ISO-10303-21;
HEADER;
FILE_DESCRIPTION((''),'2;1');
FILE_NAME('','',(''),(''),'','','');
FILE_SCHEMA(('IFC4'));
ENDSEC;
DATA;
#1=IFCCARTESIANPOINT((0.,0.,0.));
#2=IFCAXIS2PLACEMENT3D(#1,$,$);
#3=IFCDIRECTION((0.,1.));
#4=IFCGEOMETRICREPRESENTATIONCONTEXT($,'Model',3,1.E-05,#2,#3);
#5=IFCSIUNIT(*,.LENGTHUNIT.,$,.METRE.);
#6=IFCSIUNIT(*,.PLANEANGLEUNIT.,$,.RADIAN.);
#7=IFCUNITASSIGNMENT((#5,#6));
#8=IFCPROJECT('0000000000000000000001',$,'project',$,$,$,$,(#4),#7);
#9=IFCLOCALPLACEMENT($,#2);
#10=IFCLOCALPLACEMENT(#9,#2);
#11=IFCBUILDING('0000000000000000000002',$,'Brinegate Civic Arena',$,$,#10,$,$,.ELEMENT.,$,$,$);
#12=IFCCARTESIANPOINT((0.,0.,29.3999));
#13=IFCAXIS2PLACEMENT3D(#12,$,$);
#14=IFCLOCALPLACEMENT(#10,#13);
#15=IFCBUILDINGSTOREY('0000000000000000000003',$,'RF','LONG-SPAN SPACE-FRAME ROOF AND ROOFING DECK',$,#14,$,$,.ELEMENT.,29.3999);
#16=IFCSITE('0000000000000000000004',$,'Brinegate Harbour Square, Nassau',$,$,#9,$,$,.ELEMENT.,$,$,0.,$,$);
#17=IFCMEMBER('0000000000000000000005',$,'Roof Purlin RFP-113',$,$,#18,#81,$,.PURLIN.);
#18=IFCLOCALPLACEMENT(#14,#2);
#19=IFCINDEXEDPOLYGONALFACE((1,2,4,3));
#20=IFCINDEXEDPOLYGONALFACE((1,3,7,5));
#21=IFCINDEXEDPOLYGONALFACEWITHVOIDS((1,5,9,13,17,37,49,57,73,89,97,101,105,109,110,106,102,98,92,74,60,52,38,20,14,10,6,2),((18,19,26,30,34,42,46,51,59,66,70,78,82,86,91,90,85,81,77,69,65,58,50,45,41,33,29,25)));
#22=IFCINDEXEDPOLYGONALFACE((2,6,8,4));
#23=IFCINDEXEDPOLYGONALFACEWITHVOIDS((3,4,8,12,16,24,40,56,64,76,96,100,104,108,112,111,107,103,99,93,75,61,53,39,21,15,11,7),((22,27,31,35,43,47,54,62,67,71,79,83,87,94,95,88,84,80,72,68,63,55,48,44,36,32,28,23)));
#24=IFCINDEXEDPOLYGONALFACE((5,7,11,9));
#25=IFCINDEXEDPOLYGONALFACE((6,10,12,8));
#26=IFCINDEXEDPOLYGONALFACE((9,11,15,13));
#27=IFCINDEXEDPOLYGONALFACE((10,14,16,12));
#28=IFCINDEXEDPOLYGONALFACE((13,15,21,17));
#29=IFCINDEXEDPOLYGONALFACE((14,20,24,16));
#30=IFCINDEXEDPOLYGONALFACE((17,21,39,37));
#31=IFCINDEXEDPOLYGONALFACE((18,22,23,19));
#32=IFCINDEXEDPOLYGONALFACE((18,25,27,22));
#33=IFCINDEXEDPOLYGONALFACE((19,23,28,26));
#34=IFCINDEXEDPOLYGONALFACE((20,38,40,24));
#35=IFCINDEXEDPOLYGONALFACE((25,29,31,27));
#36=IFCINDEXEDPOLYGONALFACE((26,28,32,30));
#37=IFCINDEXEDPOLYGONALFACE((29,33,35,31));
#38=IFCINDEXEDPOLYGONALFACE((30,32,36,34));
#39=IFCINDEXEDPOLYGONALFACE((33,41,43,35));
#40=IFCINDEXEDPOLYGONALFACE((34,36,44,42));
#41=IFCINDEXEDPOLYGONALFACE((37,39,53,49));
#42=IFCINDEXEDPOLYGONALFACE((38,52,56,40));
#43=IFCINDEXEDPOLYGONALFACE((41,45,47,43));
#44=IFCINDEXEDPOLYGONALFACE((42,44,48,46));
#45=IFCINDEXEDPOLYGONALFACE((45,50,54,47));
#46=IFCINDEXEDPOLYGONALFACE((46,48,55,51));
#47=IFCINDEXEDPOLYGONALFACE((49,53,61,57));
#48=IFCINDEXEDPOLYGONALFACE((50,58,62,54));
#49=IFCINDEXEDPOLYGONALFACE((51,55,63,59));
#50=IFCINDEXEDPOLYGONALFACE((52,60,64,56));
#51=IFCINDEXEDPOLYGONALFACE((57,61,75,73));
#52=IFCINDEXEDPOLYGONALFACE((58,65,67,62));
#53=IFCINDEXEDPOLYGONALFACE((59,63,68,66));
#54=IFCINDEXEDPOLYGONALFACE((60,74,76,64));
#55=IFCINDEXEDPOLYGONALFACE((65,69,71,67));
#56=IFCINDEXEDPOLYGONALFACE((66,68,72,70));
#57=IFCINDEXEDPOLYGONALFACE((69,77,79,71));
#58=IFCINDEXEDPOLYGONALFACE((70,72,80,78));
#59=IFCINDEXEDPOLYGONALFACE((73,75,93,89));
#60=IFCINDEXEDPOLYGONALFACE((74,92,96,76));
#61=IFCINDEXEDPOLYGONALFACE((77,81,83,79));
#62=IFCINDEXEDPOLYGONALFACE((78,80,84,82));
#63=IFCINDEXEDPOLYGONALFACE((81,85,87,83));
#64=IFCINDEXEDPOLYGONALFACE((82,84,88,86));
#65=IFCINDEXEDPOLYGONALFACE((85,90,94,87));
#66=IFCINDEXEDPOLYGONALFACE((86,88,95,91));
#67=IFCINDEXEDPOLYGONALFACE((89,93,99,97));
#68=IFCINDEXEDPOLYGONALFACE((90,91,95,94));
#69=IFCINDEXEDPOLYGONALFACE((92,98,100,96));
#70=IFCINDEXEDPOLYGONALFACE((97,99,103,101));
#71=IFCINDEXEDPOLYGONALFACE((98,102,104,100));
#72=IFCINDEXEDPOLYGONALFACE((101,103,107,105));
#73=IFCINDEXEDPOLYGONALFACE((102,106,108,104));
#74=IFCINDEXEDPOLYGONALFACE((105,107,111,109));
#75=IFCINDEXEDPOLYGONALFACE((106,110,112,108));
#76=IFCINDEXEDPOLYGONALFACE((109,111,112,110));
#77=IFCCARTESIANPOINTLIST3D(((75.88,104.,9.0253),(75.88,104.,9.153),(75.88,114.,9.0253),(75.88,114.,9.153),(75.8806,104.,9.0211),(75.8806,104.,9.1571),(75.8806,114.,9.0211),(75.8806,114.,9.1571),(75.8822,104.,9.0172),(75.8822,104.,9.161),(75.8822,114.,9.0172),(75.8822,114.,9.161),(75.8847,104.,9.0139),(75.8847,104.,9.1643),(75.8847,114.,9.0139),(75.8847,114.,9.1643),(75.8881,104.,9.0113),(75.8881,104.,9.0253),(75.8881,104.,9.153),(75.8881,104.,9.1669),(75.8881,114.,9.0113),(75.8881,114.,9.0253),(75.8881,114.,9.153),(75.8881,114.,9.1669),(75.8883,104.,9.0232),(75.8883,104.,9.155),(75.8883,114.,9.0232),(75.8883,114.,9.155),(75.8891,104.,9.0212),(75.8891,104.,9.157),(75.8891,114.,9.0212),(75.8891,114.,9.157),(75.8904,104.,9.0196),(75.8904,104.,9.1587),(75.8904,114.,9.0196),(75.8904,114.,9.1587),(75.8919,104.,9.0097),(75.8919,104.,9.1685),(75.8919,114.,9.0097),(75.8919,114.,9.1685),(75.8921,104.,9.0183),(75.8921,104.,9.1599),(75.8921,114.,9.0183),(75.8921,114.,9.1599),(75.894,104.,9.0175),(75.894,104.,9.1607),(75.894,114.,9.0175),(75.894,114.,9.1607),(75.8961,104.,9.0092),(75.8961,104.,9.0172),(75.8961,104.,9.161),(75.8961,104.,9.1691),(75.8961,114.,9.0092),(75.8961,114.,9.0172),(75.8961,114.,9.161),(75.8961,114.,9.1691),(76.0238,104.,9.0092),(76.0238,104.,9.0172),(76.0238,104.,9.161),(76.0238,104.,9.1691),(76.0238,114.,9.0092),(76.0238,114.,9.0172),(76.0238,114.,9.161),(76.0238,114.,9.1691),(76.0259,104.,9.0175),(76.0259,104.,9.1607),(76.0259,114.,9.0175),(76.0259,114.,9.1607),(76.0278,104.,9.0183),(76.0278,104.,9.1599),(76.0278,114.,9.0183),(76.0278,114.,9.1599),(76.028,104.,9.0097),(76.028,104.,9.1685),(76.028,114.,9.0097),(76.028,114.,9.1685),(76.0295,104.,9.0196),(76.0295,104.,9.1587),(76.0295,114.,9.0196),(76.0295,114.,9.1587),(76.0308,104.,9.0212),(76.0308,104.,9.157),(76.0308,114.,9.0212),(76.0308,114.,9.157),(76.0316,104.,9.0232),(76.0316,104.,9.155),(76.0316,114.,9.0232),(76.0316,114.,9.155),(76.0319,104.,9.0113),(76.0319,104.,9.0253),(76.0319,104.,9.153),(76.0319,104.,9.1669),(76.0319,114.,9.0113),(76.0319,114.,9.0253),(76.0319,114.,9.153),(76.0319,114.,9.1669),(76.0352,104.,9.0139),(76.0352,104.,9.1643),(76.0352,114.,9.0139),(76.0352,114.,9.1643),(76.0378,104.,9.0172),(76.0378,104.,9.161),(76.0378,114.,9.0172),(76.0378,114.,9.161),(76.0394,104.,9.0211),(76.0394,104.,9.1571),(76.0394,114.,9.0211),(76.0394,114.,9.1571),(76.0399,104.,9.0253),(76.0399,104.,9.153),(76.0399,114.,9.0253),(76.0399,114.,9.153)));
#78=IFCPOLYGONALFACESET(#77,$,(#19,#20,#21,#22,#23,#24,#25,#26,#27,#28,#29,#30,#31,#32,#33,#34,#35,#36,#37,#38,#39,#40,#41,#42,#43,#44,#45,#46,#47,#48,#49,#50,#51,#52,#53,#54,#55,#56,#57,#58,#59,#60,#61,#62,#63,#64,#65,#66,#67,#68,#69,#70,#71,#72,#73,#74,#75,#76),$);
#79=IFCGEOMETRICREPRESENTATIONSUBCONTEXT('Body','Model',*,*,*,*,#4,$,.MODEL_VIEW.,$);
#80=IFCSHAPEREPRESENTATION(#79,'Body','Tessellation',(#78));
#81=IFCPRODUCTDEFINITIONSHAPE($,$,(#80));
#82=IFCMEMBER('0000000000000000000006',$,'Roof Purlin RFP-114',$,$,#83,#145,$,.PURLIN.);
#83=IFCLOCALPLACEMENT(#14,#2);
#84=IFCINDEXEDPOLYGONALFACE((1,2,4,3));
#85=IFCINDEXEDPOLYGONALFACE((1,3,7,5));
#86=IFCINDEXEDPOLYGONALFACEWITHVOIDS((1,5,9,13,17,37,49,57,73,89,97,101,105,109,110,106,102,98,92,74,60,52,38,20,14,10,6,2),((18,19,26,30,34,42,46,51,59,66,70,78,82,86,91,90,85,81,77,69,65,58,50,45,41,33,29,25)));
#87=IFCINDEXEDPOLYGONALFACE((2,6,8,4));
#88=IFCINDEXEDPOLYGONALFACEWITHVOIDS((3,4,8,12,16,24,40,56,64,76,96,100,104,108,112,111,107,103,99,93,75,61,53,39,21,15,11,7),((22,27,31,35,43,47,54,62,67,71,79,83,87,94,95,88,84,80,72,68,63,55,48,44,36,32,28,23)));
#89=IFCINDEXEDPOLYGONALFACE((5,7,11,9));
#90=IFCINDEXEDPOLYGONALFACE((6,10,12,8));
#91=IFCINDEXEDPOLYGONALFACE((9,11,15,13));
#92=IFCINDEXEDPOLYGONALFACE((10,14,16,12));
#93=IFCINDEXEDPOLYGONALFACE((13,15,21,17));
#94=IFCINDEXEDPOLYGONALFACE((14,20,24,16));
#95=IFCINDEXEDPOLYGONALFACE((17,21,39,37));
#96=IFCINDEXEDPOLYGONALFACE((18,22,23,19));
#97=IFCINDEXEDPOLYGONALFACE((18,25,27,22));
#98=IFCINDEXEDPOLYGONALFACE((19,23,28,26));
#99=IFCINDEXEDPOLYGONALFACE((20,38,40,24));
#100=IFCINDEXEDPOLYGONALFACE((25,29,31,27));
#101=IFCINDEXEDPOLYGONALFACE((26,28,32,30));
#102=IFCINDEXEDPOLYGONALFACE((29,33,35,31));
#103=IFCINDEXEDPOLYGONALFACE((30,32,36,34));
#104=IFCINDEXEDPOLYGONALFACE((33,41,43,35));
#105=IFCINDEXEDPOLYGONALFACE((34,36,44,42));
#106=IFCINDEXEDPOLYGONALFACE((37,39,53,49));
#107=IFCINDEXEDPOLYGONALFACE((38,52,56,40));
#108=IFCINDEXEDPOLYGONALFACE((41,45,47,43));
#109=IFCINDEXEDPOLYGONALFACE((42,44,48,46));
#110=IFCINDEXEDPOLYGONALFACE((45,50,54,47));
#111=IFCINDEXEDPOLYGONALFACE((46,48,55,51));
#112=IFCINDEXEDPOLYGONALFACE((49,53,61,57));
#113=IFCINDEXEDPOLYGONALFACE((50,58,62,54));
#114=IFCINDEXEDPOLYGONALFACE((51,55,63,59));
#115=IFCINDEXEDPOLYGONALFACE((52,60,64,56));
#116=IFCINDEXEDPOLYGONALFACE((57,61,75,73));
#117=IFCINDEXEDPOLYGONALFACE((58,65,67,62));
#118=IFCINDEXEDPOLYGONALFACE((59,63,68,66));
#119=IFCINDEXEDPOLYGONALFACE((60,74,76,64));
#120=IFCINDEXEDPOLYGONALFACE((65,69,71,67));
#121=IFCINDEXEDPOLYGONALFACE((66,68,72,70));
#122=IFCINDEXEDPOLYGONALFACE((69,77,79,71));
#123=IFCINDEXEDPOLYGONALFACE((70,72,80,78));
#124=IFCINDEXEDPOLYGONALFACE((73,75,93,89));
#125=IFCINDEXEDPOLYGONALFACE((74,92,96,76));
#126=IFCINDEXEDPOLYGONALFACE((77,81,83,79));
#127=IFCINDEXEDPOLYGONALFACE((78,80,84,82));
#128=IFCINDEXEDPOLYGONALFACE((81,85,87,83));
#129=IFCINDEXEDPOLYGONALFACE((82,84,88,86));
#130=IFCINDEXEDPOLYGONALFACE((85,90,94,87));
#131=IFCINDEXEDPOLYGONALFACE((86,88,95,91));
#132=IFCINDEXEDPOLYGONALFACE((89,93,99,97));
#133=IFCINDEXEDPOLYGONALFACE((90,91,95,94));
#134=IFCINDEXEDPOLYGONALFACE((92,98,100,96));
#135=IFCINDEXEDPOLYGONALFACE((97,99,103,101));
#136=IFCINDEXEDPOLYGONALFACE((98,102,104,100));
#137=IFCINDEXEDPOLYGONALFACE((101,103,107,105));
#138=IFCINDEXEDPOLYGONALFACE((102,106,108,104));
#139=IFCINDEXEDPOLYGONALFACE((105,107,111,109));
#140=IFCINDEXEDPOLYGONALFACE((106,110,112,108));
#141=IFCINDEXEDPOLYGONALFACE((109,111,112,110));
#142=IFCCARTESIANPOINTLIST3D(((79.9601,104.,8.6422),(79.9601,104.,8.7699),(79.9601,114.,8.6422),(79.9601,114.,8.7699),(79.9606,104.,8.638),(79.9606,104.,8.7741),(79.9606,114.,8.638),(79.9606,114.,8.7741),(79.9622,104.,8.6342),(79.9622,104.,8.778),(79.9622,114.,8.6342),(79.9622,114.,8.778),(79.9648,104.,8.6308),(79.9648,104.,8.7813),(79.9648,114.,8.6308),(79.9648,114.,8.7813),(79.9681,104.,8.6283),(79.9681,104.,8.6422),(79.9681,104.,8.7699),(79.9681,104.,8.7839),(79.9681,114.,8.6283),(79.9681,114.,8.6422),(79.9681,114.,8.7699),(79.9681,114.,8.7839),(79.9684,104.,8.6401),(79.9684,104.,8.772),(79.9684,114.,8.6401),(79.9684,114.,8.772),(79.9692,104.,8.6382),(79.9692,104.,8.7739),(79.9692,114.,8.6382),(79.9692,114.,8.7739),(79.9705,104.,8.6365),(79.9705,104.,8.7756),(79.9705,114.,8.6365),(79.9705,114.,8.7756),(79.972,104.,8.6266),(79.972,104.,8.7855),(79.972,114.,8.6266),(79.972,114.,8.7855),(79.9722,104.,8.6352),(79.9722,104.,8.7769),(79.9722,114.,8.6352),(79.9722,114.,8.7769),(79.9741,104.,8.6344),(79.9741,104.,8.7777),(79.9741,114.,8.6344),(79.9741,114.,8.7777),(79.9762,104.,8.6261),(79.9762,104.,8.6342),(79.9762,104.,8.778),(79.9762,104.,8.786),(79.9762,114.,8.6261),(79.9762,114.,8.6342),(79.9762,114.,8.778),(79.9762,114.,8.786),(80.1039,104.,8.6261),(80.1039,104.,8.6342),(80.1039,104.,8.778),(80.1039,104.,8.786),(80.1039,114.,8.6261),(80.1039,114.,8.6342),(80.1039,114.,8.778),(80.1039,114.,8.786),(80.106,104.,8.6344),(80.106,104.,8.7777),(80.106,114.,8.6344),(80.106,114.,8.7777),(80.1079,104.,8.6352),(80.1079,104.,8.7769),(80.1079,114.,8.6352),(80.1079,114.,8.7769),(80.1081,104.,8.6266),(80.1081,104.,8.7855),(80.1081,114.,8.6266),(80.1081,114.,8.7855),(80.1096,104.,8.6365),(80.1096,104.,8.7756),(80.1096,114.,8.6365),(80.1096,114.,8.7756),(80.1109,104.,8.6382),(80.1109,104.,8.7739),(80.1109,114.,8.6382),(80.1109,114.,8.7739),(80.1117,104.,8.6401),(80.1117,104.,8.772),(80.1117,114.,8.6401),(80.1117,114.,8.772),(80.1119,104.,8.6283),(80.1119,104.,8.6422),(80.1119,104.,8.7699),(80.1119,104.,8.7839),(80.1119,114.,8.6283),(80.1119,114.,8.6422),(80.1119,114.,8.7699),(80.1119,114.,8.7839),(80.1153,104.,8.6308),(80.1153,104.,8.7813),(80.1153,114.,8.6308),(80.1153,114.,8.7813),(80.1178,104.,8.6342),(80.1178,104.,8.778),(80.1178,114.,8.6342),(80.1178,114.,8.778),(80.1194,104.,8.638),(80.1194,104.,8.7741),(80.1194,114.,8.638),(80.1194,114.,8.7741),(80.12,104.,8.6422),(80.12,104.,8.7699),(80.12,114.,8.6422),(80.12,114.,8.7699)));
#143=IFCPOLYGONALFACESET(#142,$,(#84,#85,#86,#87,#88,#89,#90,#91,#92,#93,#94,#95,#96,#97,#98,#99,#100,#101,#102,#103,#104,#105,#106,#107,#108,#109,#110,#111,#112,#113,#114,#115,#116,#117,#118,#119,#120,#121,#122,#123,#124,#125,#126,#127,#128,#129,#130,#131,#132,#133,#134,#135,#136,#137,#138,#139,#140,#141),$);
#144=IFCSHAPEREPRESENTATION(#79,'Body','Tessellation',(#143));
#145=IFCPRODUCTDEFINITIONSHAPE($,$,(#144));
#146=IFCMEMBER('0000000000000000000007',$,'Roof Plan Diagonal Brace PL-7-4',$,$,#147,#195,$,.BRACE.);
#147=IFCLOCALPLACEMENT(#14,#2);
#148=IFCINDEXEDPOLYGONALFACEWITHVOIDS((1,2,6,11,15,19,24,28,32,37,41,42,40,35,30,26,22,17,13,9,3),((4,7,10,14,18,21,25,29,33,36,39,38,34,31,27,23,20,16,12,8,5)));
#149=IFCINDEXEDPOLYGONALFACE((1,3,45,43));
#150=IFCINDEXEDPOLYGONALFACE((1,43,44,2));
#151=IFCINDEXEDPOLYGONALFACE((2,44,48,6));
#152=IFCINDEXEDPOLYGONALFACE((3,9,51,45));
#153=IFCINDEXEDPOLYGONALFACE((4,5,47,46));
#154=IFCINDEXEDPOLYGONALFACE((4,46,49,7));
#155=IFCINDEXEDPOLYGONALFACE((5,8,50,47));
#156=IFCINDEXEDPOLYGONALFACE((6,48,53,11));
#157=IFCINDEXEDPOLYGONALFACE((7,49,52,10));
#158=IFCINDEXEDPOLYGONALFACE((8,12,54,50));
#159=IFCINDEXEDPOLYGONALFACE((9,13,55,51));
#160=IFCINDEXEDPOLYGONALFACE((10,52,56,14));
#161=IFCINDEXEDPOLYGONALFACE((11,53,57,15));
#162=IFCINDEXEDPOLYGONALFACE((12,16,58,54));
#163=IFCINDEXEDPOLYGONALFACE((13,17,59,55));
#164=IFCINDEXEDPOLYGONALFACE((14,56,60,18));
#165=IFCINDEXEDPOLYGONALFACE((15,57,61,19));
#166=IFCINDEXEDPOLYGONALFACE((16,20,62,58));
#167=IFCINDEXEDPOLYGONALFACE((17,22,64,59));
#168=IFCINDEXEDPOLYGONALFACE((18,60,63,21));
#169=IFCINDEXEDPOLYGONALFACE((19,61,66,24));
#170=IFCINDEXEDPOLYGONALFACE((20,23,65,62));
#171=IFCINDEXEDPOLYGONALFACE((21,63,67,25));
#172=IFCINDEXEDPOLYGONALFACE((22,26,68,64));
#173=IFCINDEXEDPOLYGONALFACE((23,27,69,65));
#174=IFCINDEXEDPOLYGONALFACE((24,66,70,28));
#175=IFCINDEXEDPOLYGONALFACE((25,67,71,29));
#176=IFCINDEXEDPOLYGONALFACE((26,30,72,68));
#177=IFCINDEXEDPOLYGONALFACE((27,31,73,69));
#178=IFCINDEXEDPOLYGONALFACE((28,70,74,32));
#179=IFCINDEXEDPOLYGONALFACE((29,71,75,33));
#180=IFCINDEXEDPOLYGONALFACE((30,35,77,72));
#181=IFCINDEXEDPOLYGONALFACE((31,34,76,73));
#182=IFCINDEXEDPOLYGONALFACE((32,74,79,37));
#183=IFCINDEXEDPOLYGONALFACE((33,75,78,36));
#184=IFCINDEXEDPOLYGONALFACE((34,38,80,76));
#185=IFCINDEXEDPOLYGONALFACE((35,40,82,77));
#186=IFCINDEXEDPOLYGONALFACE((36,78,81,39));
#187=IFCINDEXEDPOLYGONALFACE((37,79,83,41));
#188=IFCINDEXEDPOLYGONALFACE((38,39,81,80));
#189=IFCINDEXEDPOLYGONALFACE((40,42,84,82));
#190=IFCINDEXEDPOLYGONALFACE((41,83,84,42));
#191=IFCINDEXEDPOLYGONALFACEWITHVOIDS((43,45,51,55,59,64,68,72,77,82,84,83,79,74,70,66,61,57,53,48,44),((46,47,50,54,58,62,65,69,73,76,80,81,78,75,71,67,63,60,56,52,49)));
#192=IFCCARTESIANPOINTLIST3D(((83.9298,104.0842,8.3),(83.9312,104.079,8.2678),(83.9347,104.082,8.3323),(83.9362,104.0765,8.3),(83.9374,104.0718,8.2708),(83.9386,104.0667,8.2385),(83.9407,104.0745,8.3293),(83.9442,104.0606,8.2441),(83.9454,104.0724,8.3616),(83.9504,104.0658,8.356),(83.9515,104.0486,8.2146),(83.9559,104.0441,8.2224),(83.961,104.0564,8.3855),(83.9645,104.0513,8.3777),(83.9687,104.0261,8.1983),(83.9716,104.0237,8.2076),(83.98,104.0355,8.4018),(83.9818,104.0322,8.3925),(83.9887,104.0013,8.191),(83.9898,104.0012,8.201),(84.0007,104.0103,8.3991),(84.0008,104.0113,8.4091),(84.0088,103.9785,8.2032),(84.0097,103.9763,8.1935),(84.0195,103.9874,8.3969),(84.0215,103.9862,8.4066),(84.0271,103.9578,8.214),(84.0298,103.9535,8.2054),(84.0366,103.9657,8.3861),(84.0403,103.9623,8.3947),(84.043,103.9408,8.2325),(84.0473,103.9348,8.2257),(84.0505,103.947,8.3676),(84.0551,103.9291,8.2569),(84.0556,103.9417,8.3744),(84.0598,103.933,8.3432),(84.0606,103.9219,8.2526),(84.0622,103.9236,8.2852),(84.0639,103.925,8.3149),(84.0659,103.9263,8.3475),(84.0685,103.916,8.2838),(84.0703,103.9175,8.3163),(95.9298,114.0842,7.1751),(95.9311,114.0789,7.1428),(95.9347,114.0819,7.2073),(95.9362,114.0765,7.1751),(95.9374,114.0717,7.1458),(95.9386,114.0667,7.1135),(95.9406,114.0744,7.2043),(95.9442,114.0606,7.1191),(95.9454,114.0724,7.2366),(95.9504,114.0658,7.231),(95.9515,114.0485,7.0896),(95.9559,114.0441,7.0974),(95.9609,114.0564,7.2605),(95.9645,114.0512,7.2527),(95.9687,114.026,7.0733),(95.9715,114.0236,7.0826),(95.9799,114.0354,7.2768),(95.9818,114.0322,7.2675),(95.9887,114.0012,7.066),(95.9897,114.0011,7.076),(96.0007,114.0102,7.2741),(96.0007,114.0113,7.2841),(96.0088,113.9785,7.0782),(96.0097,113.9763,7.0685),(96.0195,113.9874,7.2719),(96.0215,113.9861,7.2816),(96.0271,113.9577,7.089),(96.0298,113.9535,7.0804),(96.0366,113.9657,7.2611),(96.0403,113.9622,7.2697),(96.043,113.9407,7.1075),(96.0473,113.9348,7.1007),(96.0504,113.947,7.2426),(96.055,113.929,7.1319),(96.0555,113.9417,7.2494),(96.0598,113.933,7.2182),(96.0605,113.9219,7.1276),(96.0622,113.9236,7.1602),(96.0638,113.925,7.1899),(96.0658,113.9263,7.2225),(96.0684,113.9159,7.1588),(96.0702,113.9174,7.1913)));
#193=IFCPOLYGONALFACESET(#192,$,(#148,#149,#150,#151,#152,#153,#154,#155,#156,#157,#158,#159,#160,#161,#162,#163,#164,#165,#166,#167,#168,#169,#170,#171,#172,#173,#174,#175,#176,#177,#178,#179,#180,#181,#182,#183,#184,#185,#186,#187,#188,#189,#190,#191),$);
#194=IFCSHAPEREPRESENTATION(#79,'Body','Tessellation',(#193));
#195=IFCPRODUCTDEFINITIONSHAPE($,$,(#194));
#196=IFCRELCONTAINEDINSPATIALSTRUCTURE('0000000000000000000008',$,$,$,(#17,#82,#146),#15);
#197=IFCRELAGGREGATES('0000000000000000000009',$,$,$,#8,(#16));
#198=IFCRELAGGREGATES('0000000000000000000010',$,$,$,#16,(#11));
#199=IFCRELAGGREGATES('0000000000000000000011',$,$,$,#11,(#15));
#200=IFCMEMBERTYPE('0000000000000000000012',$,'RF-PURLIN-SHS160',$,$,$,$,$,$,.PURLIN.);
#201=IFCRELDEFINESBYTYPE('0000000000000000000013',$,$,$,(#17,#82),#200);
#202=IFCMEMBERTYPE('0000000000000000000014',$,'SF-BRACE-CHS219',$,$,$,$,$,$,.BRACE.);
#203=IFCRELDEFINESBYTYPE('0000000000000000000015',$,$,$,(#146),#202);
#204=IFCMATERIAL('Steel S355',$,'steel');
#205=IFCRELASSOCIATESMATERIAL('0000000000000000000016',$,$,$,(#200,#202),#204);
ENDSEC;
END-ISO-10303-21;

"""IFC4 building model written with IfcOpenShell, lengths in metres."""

from ifc_helpers import new_model, si_unit, direction, frame, origin, origin_2d, place, context, subcontext, project, spatial, hollow_rectangle, hollow_circle, extrude, material, material_profile, profile_set, type_object, element, save


model = new_model("IFC4")

# Units and contexts
model_context = context("Model", 3, precision=1e-05, world=origin(), true_north=direction((0.0, 1.0)))
body_context = subcontext(model_context, "Body", "Model", "MODEL_VIEW")
ifc_project = project(units=[si_unit("LENGTHUNIT", "METRE"), si_unit("PLANEANGLEUNIT", "RADIAN")], contexts=[model_context])

# Site, building, storey
site_placement = place(None, origin())
site = spatial("IfcSite", under=ifc_project, at=site_placement, Name="Brinegate Harbour Square, Nassau", CompositionType="ELEMENT", RefElevation=0.0)
building_placement = place(site_placement, origin())
building = spatial("IfcBuilding", under=site, at=building_placement, Name="Brinegate Civic Arena", CompositionType="ELEMENT")
storey_placement = place(building_placement, frame((0.0, 0.0, 29.3999)))
storey = spatial("IfcBuildingStorey", under=building, at=storey_placement, Name="RF", Description="LONG-SPAN SPACE-FRAME ROOF AND ROOFING DECK", CompositionType="ELEMENT", Elevation=29.3999)

# Members
ifc_material = material(Name="Steel S355", Category="steel")
ifc_material_profile_1 = material_profile(ifc_material, hollow_rectangle(XDim=0.1599, YDim=0.1599, WallThickness=0.0081, InnerFilletRadius=0.0081, OuterFilletRadius=0.0161, at=origin_2d()), Name="SHS160X8")
ifc_profile_set_1 = profile_set([ifc_material_profile_1], Name="Steel S355")
member_type_1 = type_object("IfcMemberType", Name="RF-PURLIN-SHS160", PredefinedType="PURLIN", material=ifc_profile_set_1)
for number, where, z_axis, x_axis, name in (
    (1, (75.96, 104.0, 9.0891), (0.0, 1.0, 0.0), (-1.0, 0.0, 0.0), "Roof Purlin RFP-113"),
    (2, (80.04, 104.0, 8.7061), (0.0, 1.0, 0.0), (-1.0, 0.0, 0.0), "Roof Purlin RFP-114"),
):
    element("IfcMember", number, at=place(storey_placement, frame(where, z_axis=z_axis, x_axis=x_axis)), inside=storey, type_object=member_type_1, Name=name, PredefinedType="PURLIN", context=body_context, shape_type="SweptSolid", body=[
        extrude(hollow_rectangle(XDim=0.1599, YDim=0.1599, WallThickness=0.0081, InnerFilletRadius=0.0081, OuterFilletRadius=0.0161, at=origin_2d()), origin(), (0.0, 0.0, 1.0), 10.0),
    ])
ifc_material_profile_2 = material_profile(ifc_material, hollow_circle(Radius=0.1096, WallThickness=0.01, at=origin_2d()), Name="CHS219X10")
ifc_profile_set_2 = profile_set([ifc_material_profile_2], Name="Steel S355")
member_type_2 = type_object("IfcMemberType", Name="SF-BRACE-CHS219", PredefinedType="BRACE", material=ifc_profile_set_2)
member_1_placement = place(storey_placement, frame((84.0, 104.0, 8.3), z_axis=(0.766237, 0.638531, -0.071835), x_axis=(-0.640184, 0.768221, 0.0)))
element("IfcMember", 3, at=member_1_placement, inside=storey, type_object=member_type_2, Name="Roof Plan Diagonal Brace PL-7-4", PredefinedType="BRACE", context=body_context, shape_type="SweptSolid", body=[
    extrude(hollow_circle(Radius=0.1096, WallThickness=0.01, at=origin_2d()), origin(), (0.0, 0.0, 1.0), 15.6609),
])

save(model, "model.ifc")
